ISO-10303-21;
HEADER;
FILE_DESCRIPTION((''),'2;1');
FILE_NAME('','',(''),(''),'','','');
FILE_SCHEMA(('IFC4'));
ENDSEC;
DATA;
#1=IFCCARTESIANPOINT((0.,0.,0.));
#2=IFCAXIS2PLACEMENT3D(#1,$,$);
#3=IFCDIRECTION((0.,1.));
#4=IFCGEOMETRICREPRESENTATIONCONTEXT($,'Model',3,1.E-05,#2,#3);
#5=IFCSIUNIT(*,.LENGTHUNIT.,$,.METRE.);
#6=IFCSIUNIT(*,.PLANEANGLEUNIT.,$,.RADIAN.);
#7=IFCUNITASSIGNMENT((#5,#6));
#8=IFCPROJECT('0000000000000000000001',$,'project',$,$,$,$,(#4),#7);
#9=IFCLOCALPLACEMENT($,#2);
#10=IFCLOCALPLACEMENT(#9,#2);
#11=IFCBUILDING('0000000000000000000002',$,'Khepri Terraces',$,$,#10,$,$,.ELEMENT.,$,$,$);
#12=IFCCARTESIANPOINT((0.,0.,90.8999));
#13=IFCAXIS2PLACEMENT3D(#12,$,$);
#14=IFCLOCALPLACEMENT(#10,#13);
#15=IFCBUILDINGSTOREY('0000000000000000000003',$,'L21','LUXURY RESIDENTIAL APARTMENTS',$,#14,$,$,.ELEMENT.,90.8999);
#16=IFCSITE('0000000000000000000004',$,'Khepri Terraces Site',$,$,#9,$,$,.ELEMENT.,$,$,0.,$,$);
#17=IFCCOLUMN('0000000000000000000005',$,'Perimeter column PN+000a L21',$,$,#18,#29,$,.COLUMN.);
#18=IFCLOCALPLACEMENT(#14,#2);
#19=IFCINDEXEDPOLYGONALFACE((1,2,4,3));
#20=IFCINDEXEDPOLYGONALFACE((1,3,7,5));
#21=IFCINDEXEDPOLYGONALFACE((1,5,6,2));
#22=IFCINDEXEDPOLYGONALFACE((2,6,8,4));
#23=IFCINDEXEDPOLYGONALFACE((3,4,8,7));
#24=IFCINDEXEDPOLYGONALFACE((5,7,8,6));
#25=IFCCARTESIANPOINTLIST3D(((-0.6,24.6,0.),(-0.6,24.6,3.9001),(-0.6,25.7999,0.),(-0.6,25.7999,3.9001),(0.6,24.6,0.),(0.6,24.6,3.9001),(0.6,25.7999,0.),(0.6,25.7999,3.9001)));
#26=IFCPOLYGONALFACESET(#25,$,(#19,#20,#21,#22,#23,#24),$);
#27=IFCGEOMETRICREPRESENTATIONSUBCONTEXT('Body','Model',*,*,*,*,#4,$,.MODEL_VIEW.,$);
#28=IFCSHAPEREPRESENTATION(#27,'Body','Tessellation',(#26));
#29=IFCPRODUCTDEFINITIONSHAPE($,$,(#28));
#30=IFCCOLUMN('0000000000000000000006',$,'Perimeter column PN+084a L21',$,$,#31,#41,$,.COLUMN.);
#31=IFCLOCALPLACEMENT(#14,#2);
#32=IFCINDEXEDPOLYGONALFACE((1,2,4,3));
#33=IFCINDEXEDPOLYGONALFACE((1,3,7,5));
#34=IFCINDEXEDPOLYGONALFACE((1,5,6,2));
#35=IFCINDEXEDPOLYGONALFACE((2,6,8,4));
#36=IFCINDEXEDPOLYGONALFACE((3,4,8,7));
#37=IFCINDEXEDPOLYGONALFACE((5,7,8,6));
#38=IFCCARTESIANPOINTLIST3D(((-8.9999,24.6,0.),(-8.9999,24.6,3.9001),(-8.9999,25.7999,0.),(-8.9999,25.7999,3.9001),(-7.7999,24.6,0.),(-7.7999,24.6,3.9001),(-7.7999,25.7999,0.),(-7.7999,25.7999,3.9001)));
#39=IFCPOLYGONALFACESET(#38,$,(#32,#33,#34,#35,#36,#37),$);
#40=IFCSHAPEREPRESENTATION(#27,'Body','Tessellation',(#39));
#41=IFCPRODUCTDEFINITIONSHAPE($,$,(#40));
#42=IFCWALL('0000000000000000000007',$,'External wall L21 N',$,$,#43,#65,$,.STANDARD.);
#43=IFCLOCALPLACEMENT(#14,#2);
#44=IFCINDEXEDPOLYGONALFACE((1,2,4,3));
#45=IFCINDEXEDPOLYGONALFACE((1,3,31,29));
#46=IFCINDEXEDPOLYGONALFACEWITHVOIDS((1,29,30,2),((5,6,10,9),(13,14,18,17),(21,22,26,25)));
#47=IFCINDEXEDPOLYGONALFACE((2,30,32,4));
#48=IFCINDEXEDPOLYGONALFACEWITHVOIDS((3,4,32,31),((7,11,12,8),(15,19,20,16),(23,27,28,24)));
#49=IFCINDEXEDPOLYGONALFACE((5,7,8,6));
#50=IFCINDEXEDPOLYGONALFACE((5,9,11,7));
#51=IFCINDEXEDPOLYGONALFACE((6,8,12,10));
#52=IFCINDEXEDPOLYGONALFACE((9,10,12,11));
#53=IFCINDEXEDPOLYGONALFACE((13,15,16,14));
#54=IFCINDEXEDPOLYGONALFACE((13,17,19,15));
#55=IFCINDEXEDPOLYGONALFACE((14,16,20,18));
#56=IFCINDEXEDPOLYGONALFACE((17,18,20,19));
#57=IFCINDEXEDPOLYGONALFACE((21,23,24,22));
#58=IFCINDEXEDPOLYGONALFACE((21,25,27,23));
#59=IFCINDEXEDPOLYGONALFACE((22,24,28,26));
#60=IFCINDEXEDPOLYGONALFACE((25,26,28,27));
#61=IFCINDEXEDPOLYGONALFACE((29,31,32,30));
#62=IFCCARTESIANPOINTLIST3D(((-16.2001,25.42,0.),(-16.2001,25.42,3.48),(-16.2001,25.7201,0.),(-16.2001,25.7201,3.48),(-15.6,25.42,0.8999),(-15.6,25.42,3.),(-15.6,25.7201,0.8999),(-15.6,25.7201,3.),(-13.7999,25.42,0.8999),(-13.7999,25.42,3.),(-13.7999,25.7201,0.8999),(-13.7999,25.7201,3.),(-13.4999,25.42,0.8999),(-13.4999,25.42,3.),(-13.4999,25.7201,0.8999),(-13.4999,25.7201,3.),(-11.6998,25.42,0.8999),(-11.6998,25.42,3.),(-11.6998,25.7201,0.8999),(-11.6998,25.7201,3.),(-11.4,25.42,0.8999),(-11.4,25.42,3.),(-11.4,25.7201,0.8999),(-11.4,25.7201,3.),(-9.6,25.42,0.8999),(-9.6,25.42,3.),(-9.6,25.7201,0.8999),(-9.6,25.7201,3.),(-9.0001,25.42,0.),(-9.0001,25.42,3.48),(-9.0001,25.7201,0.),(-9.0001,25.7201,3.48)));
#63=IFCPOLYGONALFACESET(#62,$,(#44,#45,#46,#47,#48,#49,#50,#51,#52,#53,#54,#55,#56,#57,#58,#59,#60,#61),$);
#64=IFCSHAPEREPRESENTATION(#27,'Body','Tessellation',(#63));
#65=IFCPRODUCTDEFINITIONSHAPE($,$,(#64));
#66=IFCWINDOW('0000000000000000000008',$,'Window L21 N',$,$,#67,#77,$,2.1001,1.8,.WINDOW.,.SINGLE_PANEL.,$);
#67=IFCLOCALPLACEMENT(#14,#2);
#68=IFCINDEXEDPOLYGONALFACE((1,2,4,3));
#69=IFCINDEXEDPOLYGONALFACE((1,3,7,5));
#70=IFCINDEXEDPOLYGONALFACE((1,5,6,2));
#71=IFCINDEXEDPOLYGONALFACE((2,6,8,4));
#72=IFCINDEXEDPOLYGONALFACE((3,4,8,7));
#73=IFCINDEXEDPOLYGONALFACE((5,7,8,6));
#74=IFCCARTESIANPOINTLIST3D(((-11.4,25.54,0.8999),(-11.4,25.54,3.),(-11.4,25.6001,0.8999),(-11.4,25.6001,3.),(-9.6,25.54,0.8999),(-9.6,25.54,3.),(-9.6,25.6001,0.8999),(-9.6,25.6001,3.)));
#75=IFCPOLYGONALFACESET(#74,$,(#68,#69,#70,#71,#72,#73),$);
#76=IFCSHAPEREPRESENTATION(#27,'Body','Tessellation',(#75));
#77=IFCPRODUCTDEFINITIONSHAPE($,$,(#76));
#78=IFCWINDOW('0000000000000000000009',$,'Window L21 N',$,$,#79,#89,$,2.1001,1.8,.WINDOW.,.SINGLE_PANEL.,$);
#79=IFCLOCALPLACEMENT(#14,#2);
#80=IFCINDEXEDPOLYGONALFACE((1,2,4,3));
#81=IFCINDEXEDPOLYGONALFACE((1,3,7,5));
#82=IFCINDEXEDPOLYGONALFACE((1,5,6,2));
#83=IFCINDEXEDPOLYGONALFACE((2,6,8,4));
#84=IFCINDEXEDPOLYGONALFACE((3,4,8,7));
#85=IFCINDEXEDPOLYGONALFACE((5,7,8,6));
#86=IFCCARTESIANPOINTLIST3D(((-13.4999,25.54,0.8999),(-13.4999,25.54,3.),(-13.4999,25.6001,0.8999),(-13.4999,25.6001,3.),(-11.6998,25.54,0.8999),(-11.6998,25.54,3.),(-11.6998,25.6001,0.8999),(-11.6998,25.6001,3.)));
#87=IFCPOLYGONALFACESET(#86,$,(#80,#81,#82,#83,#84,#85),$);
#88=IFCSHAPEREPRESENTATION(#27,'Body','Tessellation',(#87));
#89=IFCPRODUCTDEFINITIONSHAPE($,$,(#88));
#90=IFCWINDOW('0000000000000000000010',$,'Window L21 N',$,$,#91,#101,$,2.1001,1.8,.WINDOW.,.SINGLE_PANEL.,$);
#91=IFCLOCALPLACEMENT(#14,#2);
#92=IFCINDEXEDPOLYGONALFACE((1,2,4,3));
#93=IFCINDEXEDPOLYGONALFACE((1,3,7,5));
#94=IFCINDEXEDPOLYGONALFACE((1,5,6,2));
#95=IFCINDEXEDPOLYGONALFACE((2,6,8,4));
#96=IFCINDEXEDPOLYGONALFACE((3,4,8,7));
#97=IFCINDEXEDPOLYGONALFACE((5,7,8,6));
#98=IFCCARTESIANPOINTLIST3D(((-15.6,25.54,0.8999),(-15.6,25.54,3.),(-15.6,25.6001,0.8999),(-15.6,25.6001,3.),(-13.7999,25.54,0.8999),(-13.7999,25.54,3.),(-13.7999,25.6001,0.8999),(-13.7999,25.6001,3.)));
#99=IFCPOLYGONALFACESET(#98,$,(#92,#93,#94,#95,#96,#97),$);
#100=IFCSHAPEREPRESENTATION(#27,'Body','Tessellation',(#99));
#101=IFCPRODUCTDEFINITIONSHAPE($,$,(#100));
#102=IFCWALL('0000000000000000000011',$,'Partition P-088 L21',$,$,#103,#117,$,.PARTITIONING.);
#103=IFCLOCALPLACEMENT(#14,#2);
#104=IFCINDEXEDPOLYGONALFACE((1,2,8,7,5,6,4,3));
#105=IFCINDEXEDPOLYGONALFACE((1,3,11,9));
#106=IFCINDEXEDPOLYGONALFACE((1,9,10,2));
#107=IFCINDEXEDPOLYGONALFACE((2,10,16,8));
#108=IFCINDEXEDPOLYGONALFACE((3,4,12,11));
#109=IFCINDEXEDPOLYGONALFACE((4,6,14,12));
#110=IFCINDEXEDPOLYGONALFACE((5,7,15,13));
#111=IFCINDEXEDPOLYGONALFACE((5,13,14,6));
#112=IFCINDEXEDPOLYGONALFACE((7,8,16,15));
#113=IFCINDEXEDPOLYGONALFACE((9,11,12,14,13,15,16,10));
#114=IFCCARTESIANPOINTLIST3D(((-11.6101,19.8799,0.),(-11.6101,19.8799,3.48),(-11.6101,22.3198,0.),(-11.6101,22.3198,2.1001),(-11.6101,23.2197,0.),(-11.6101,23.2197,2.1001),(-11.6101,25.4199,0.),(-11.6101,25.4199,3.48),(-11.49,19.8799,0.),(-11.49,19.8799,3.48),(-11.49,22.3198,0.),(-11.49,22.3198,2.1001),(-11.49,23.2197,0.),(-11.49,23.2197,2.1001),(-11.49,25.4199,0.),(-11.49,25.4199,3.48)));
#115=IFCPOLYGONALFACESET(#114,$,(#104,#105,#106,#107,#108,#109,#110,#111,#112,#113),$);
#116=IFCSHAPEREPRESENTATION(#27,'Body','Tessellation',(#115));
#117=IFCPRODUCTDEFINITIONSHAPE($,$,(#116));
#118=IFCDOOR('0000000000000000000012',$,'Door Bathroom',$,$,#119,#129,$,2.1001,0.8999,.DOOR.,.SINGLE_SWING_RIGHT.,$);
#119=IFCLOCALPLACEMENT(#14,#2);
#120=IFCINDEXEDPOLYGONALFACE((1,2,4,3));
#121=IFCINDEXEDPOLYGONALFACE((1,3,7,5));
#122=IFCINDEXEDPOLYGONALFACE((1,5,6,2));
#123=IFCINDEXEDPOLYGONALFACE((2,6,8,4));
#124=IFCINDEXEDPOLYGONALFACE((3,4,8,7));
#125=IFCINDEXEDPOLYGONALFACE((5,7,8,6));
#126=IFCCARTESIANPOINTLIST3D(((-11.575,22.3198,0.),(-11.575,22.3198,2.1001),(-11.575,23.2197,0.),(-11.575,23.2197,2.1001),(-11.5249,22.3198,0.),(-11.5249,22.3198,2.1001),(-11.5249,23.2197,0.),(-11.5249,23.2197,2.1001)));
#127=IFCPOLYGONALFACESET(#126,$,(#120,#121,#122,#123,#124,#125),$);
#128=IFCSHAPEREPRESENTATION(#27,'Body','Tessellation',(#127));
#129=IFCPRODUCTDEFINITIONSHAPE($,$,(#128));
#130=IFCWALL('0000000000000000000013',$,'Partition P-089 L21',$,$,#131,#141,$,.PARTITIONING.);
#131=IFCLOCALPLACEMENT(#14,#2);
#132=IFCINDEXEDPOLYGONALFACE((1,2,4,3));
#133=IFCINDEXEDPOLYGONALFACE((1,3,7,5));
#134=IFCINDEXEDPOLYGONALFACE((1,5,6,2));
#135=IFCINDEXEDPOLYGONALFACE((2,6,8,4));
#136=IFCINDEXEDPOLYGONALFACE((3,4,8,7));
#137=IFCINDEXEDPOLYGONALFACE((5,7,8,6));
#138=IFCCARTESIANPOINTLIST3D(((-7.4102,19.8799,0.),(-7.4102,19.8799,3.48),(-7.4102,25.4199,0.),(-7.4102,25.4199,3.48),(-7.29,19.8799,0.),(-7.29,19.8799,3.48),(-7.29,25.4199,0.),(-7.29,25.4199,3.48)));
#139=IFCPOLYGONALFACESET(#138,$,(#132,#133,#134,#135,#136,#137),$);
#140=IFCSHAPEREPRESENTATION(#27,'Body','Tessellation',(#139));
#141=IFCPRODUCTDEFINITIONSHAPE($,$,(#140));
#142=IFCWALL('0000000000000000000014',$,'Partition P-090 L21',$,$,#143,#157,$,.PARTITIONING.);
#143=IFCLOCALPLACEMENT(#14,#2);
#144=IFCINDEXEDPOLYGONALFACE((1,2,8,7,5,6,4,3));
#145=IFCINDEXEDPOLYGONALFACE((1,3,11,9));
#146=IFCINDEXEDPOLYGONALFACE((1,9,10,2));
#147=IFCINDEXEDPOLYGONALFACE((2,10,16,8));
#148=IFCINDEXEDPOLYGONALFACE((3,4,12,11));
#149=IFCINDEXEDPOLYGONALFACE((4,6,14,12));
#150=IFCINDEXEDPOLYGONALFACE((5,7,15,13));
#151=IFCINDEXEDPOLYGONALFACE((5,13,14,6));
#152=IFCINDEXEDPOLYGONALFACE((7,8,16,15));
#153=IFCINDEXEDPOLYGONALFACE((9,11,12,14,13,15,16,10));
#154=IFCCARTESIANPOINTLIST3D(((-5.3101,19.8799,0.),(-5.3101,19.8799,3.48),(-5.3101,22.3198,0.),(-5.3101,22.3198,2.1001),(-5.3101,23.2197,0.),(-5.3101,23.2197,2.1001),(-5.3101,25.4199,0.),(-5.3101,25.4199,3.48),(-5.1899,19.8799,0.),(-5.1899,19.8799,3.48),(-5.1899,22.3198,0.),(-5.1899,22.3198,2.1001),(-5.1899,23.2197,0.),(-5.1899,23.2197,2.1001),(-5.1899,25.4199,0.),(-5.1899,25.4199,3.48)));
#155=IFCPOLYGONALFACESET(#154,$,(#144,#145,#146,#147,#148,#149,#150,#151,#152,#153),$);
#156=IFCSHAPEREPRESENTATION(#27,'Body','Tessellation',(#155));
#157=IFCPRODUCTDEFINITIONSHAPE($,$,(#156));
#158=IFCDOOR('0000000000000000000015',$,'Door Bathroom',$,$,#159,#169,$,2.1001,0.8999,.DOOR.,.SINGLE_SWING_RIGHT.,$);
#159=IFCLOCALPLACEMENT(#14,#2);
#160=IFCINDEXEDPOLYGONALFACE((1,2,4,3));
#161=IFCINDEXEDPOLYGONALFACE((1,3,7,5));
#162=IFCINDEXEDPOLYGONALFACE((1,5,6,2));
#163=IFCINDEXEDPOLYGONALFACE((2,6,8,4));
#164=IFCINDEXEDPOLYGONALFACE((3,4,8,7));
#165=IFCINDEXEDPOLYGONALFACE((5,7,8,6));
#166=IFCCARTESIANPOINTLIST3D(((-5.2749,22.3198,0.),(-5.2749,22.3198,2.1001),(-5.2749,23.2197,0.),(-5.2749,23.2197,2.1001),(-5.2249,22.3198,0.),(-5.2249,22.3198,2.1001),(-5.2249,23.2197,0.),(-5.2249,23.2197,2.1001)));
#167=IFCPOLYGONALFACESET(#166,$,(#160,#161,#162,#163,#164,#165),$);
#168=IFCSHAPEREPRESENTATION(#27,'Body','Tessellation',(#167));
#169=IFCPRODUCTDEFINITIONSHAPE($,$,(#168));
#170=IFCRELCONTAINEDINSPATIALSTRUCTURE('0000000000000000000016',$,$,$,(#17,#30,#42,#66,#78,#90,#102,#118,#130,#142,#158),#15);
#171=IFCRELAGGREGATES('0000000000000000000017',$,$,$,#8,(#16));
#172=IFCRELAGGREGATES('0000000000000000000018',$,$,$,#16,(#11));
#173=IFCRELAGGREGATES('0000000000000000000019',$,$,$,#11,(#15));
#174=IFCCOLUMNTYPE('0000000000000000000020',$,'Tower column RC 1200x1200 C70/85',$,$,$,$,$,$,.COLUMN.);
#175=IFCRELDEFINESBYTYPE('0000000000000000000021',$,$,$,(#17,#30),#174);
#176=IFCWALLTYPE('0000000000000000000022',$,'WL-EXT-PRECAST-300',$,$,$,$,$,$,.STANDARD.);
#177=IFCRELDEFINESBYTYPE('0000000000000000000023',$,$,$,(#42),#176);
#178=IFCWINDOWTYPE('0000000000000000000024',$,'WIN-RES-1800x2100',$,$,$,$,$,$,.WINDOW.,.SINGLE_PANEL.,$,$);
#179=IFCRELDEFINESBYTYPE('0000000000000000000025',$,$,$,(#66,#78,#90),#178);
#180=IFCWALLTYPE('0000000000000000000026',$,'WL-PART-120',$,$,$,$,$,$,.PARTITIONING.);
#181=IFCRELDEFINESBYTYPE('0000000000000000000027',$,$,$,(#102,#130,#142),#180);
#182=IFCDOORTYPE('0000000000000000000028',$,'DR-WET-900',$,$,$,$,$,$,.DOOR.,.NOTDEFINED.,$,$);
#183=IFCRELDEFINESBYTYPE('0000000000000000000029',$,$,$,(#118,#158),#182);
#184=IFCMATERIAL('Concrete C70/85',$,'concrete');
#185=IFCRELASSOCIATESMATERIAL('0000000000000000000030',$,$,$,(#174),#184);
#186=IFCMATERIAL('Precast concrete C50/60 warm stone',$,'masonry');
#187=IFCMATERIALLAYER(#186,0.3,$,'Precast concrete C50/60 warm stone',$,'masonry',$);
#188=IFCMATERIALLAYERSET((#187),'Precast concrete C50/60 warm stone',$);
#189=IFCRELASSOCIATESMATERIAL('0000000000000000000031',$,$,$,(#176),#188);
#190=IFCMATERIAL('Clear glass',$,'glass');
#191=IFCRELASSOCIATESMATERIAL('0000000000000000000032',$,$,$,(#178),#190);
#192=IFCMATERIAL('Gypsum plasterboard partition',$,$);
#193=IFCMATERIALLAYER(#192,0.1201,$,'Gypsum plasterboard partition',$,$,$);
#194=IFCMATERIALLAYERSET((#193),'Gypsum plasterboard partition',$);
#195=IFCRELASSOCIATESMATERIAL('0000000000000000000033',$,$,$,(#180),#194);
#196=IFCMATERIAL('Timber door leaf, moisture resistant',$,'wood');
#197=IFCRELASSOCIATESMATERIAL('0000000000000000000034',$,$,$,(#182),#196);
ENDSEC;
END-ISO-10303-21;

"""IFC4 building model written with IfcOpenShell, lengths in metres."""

from ifc_helpers import new_model, si_unit, direction, frame, frame_2d, origin, origin_2d, place, context, subcontext, project, spatial, rectangle, extrude, material, layer, layer_set, material_profile, profile_set, type_object, element, fill, save


model = new_model("IFC4")

# Units and contexts
model_context = context("Model", 3, precision=1e-05, world=origin(), true_north=direction((0.0, 1.0)))
body_context = subcontext(model_context, "Body", "Model", "MODEL_VIEW")
ifc_project = project(units=[si_unit("LENGTHUNIT", "METRE"), si_unit("PLANEANGLEUNIT", "RADIAN")], contexts=[model_context])

# Site, building, storey
site_placement = place(None, origin())
site = spatial("IfcSite", under=ifc_project, at=site_placement, Name="Khepri Terraces Site", CompositionType="ELEMENT", RefElevation=0.0)
building_placement = place(site_placement, origin())
building = spatial("IfcBuilding", under=site, at=building_placement, Name="Khepri Terraces", CompositionType="ELEMENT")
storey_placement = place(building_placement, frame((0.0, 0.0, 90.8999)))
storey = spatial("IfcBuildingStorey", under=building, at=storey_placement, Name="L21", Description="LUXURY RESIDENTIAL APARTMENTS", CompositionType="ELEMENT", Elevation=90.8999)

# Columns
ifc_material_1 = material(Name="Concrete C70/85", Category="concrete")
ifc_material_profile = material_profile(ifc_material_1, rectangle(XDim=1.2, YDim=1.2, at=origin_2d()), Name="Concrete C70/85", Category="concrete")
ifc_profile_set = profile_set([ifc_material_profile], Name="Concrete C70/85")
column_type = type_object("IfcColumnType", Name="Tower column RC 1200x1200 C70/85", PredefinedType="COLUMN", material=ifc_profile_set)
for number, where, z_axis, x_axis, name in (
    (1, (0.0, 25.2, 0.0), (0.0, 0.0, 1.0), (1.0, 0.0, 0.0), "Perimeter column PN+000a L21"),
    (2, (-8.3999, 25.2, 0.0), (0.0, 0.0, 1.0), (1.0, 0.0, 0.0), "Perimeter column PN+084a L21"),
):
    element("IfcColumn", number, at=place(storey_placement, frame(where, z_axis=z_axis, x_axis=x_axis)), inside=storey, type_object=column_type, Name=name, PredefinedType="COLUMN", context=body_context, shape_type="SweptSolid", body=[
        extrude(rectangle(XDim=1.2, YDim=1.2, at=origin_2d()), origin(), (0.0, 0.0, 1.0), 3.9001),
    ])

# Shared definitions
ifc_material_2 = material(Name="Precast concrete C50/60 warm stone", Category="masonry")
ifc_layer_1 = layer(ifc_material_2, 0.3, Name="Precast concrete C50/60 warm stone", Category="masonry")
ifc_layer_set_1 = layer_set([ifc_layer_1], Name="Precast concrete C50/60 warm stone")
wall_type_1 = type_object("IfcWallType", Name="WL-EXT-PRECAST-300", PredefinedType="STANDARD", material=ifc_layer_set_1)
ifc_material_3 = material(Name="Clear glass", Category="glass")
window_type = type_object("IfcWindowType", Name="WIN-RES-1800x2100", PartitioningType="SINGLE_PANEL", PredefinedType="WINDOW", material=ifc_material_3)

# Wall, openings, windows
wall_1_placement = place(storey_placement, frame((-9.0, 25.5701, 0.0), z_axis=(0.0, 0.0, 1.0), x_axis=(-1.0, 0.0, 0.0)))
wall_1 = element("IfcWall", 3, at=wall_1_placement, inside=storey, type_object=wall_type_1, Name="External wall L21 N", PredefinedType="STANDARD", context=body_context, shape_type="SweptSolid", body=[
    extrude(rectangle(XDim=7.2, YDim=0.3, at=frame_2d((3.6001, 0.0))), origin(), (0.0, 0.0, 1.0), 3.48),
])
opening_1_placement = place(wall_1_placement, frame((0.6001, 0.0, 0.8999)))
opening_1 = element("IfcOpeningElement", 4, at=opening_1_placement, cuts=wall_1, PredefinedType="OPENING", context=body_context, shape_type="SweptSolid", body=[
    extrude(rectangle(XDim=1.8, YDim=2.1001, at=frame_2d((0.8999, 1.05))), frame((0.0, 0.1602, 0.0), z_axis=(0.0, -1.0, 0.0), x_axis=(1.0, 0.0, 0.0)), (0.0, 0.0, 1.0), 0.3201),
])
opening_2_placement = place(wall_1_placement, frame((2.7, 0.0, 0.8999)))
opening_2 = element("IfcOpeningElement", 5, at=opening_2_placement, cuts=wall_1, PredefinedType="OPENING", context=body_context, shape_type="SweptSolid", body=[
    extrude(rectangle(XDim=1.8, YDim=2.1001, at=frame_2d((0.8999, 1.05))), frame((0.0, 0.1602, 0.0), z_axis=(0.0, -1.0, 0.0), x_axis=(1.0, 0.0, 0.0)), (0.0, 0.0, 1.0), 0.3201),
])
opening_3_placement = place(wall_1_placement, frame((4.8, 0.0, 0.8999)))
opening_3 = element("IfcOpeningElement", 6, at=opening_3_placement, cuts=wall_1, PredefinedType="OPENING", context=body_context, shape_type="SweptSolid", body=[
    extrude(rectangle(XDim=1.8, YDim=2.1001, at=frame_2d((0.8999, 1.05))), frame((0.0, 0.1602, 0.0), z_axis=(0.0, -1.0, 0.0), x_axis=(1.0, 0.0, 0.0)), (0.0, 0.0, 1.0), 0.3201),
])
window_1_placement = place(opening_1_placement, origin())
window_1 = element("IfcWindow", 7, at=window_1_placement, inside=storey, type_object=window_type, Name="Window L21 N", OverallHeight=2.1001, OverallWidth=1.8, PartitioningType="SINGLE_PANEL", PredefinedType="WINDOW", context=body_context, shape_type="SweptSolid", body=[
    extrude(rectangle(XDim=1.8, YDim=2.1001, at=frame_2d((0.8999, 1.05))), frame((0.0, 0.03, 0.0), z_axis=(0.0, -1.0, 0.0), x_axis=(1.0, 0.0, 0.0)), (0.0, 0.0, 1.0), 0.0601),
])
fill(opening_1, window_1)
window_2_placement = place(opening_2_placement, origin())
window_2 = element("IfcWindow", 8, at=window_2_placement, inside=storey, type_object=window_type, Name="Window L21 N", OverallHeight=2.1001, OverallWidth=1.8, PartitioningType="SINGLE_PANEL", PredefinedType="WINDOW", context=body_context, shape_type="SweptSolid", body=[
    extrude(rectangle(XDim=1.8, YDim=2.1001, at=frame_2d((0.8999, 1.05))), frame((0.0, 0.03, 0.0), z_axis=(0.0, -1.0, 0.0), x_axis=(1.0, 0.0, 0.0)), (0.0, 0.0, 1.0), 0.0601),
])
fill(opening_2, window_2)
window_3_placement = place(opening_3_placement, origin())
window_3 = element("IfcWindow", 9, at=window_3_placement, inside=storey, type_object=window_type, Name="Window L21 N", OverallHeight=2.1001, OverallWidth=1.8, PartitioningType="SINGLE_PANEL", PredefinedType="WINDOW", context=body_context, shape_type="SweptSolid", body=[
    extrude(rectangle(XDim=1.8, YDim=2.1001, at=frame_2d((0.8999, 1.05))), frame((0.0, 0.03, 0.0), z_axis=(0.0, -1.0, 0.0), x_axis=(1.0, 0.0, 0.0)), (0.0, 0.0, 1.0), 0.0601),
])
fill(opening_3, window_3)

# Wall, opening, door
ifc_material_4 = material(Name="Gypsum plasterboard partition")
ifc_layer_2 = layer(ifc_material_4, 0.1201, Name="Gypsum plasterboard partition")
ifc_layer_set_2 = layer_set([ifc_layer_2], Name="Gypsum plasterboard partition")
wall_type_2 = type_object("IfcWallType", Name="WL-PART-120", PredefinedType="PARTITIONING", material=ifc_layer_set_2)
wall_2_placement = place(storey_placement, frame((-11.55, 19.8799, 0.0), z_axis=(0.0, 0.0, 1.0), x_axis=(0.0, 1.0, 0.0)))
wall_2 = element("IfcWall", 10, at=wall_2_placement, inside=storey, type_object=wall_type_2, Name="Partition P-088 L21", PredefinedType="PARTITIONING", context=body_context, shape_type="SweptSolid", body=[
    extrude(rectangle(XDim=5.54, YDim=0.1201, at=frame_2d((2.77, 0.0))), origin(), (0.0, 0.0, 1.0), 3.48),
])
opening_4_placement = place(wall_2_placement, frame((2.4399, 0.0, 0.0)))
opening_4 = element("IfcOpeningElement", 11, at=opening_4_placement, cuts=wall_2, PredefinedType="OPENING", context=body_context, shape_type="SweptSolid", body=[
    extrude(rectangle(XDim=0.8999, YDim=2.1001, at=frame_2d((0.45, 1.05))), frame((0.0, 0.0701, 0.0), z_axis=(0.0, -1.0, 0.0), x_axis=(1.0, 0.0, 0.0)), (0.0, 0.0, 1.0), 0.1401),
])
ifc_material_5 = material(Name="Timber door leaf, moisture resistant", Category="wood")
door_type_1 = type_object("IfcDoorType", Name="DR-WET-900", OperationType="NOTDEFINED", PredefinedType="DOOR", material=ifc_material_5)
door_1_placement = place(opening_4_placement, origin())
door_1 = element("IfcDoor", 12, at=door_1_placement, inside=storey, type_object=door_type_1, Name="Door Bathroom", OperationType="SINGLE_SWING_RIGHT", OverallHeight=2.1001, OverallWidth=0.8999, PredefinedType="DOOR", context=body_context, shape_type="SweptSolid", body=[
    extrude(rectangle(XDim=0.8999, YDim=2.1001, at=frame_2d((0.45, 1.05))), frame((0.0, 0.0249, 0.0), z_axis=(0.0, -1.0, 0.0), x_axis=(1.0, 0.0, 0.0)), (0.0, 0.0, 1.0), 0.05),
])
fill(opening_4, door_1)

# Wall
wall_3_placement = place(storey_placement, frame((-7.3501, 19.8799, 0.0), z_axis=(0.0, 0.0, 1.0), x_axis=(0.0, 1.0, 0.0)))
element("IfcWall", 13, at=wall_3_placement, inside=storey, type_object=wall_type_2, Name="Partition P-089 L21", PredefinedType="PARTITIONING", context=body_context, shape_type="SweptSolid", body=[
    extrude(rectangle(XDim=5.54, YDim=0.1201, at=frame_2d((2.77, 0.0))), origin(), (0.0, 0.0, 1.0), 3.48),
])

# Wall, opening, door
wall_4_placement = place(storey_placement, frame((-5.25, 19.8799, 0.0), z_axis=(0.0, 0.0, 1.0), x_axis=(0.0, 1.0, 0.0)))
wall_4 = element("IfcWall", 14, at=wall_4_placement, inside=storey, type_object=wall_type_2, Name="Partition P-090 L21", PredefinedType="PARTITIONING", context=body_context, shape_type="SweptSolid", body=[
    extrude(rectangle(XDim=5.54, YDim=0.1201, at=frame_2d((2.77, 0.0))), origin(), (0.0, 0.0, 1.0), 3.48),
])
opening_5_placement = place(wall_4_placement, frame((2.4399, 0.0, 0.0)))
opening_5 = element("IfcOpeningElement", 15, at=opening_5_placement, cuts=wall_4, PredefinedType="OPENING", context=body_context, shape_type="SweptSolid", body=[
    extrude(rectangle(XDim=0.8999, YDim=2.1001, at=frame_2d((0.45, 1.05))), frame((0.0, 0.0701, 0.0), z_axis=(0.0, -1.0, 0.0), x_axis=(1.0, 0.0, 0.0)), (0.0, 0.0, 1.0), 0.1401),
])
door_2_placement = place(opening_5_placement, origin())
door_2 = element("IfcDoor", 16, at=door_2_placement, inside=storey, type_object=door_type_1, Name="Door Bathroom", OperationType="SINGLE_SWING_RIGHT", OverallHeight=2.1001, OverallWidth=0.8999, PredefinedType="DOOR", context=body_context, shape_type="SweptSolid", body=[
    extrude(rectangle(XDim=0.8999, YDim=2.1001, at=frame_2d((0.45, 1.05))), frame((0.0, 0.0249, 0.0), z_axis=(0.0, -1.0, 0.0), x_axis=(1.0, 0.0, 0.0)), (0.0, 0.0, 1.0), 0.05),
])
fill(opening_5, door_2)

save(model, "model.ifc")
